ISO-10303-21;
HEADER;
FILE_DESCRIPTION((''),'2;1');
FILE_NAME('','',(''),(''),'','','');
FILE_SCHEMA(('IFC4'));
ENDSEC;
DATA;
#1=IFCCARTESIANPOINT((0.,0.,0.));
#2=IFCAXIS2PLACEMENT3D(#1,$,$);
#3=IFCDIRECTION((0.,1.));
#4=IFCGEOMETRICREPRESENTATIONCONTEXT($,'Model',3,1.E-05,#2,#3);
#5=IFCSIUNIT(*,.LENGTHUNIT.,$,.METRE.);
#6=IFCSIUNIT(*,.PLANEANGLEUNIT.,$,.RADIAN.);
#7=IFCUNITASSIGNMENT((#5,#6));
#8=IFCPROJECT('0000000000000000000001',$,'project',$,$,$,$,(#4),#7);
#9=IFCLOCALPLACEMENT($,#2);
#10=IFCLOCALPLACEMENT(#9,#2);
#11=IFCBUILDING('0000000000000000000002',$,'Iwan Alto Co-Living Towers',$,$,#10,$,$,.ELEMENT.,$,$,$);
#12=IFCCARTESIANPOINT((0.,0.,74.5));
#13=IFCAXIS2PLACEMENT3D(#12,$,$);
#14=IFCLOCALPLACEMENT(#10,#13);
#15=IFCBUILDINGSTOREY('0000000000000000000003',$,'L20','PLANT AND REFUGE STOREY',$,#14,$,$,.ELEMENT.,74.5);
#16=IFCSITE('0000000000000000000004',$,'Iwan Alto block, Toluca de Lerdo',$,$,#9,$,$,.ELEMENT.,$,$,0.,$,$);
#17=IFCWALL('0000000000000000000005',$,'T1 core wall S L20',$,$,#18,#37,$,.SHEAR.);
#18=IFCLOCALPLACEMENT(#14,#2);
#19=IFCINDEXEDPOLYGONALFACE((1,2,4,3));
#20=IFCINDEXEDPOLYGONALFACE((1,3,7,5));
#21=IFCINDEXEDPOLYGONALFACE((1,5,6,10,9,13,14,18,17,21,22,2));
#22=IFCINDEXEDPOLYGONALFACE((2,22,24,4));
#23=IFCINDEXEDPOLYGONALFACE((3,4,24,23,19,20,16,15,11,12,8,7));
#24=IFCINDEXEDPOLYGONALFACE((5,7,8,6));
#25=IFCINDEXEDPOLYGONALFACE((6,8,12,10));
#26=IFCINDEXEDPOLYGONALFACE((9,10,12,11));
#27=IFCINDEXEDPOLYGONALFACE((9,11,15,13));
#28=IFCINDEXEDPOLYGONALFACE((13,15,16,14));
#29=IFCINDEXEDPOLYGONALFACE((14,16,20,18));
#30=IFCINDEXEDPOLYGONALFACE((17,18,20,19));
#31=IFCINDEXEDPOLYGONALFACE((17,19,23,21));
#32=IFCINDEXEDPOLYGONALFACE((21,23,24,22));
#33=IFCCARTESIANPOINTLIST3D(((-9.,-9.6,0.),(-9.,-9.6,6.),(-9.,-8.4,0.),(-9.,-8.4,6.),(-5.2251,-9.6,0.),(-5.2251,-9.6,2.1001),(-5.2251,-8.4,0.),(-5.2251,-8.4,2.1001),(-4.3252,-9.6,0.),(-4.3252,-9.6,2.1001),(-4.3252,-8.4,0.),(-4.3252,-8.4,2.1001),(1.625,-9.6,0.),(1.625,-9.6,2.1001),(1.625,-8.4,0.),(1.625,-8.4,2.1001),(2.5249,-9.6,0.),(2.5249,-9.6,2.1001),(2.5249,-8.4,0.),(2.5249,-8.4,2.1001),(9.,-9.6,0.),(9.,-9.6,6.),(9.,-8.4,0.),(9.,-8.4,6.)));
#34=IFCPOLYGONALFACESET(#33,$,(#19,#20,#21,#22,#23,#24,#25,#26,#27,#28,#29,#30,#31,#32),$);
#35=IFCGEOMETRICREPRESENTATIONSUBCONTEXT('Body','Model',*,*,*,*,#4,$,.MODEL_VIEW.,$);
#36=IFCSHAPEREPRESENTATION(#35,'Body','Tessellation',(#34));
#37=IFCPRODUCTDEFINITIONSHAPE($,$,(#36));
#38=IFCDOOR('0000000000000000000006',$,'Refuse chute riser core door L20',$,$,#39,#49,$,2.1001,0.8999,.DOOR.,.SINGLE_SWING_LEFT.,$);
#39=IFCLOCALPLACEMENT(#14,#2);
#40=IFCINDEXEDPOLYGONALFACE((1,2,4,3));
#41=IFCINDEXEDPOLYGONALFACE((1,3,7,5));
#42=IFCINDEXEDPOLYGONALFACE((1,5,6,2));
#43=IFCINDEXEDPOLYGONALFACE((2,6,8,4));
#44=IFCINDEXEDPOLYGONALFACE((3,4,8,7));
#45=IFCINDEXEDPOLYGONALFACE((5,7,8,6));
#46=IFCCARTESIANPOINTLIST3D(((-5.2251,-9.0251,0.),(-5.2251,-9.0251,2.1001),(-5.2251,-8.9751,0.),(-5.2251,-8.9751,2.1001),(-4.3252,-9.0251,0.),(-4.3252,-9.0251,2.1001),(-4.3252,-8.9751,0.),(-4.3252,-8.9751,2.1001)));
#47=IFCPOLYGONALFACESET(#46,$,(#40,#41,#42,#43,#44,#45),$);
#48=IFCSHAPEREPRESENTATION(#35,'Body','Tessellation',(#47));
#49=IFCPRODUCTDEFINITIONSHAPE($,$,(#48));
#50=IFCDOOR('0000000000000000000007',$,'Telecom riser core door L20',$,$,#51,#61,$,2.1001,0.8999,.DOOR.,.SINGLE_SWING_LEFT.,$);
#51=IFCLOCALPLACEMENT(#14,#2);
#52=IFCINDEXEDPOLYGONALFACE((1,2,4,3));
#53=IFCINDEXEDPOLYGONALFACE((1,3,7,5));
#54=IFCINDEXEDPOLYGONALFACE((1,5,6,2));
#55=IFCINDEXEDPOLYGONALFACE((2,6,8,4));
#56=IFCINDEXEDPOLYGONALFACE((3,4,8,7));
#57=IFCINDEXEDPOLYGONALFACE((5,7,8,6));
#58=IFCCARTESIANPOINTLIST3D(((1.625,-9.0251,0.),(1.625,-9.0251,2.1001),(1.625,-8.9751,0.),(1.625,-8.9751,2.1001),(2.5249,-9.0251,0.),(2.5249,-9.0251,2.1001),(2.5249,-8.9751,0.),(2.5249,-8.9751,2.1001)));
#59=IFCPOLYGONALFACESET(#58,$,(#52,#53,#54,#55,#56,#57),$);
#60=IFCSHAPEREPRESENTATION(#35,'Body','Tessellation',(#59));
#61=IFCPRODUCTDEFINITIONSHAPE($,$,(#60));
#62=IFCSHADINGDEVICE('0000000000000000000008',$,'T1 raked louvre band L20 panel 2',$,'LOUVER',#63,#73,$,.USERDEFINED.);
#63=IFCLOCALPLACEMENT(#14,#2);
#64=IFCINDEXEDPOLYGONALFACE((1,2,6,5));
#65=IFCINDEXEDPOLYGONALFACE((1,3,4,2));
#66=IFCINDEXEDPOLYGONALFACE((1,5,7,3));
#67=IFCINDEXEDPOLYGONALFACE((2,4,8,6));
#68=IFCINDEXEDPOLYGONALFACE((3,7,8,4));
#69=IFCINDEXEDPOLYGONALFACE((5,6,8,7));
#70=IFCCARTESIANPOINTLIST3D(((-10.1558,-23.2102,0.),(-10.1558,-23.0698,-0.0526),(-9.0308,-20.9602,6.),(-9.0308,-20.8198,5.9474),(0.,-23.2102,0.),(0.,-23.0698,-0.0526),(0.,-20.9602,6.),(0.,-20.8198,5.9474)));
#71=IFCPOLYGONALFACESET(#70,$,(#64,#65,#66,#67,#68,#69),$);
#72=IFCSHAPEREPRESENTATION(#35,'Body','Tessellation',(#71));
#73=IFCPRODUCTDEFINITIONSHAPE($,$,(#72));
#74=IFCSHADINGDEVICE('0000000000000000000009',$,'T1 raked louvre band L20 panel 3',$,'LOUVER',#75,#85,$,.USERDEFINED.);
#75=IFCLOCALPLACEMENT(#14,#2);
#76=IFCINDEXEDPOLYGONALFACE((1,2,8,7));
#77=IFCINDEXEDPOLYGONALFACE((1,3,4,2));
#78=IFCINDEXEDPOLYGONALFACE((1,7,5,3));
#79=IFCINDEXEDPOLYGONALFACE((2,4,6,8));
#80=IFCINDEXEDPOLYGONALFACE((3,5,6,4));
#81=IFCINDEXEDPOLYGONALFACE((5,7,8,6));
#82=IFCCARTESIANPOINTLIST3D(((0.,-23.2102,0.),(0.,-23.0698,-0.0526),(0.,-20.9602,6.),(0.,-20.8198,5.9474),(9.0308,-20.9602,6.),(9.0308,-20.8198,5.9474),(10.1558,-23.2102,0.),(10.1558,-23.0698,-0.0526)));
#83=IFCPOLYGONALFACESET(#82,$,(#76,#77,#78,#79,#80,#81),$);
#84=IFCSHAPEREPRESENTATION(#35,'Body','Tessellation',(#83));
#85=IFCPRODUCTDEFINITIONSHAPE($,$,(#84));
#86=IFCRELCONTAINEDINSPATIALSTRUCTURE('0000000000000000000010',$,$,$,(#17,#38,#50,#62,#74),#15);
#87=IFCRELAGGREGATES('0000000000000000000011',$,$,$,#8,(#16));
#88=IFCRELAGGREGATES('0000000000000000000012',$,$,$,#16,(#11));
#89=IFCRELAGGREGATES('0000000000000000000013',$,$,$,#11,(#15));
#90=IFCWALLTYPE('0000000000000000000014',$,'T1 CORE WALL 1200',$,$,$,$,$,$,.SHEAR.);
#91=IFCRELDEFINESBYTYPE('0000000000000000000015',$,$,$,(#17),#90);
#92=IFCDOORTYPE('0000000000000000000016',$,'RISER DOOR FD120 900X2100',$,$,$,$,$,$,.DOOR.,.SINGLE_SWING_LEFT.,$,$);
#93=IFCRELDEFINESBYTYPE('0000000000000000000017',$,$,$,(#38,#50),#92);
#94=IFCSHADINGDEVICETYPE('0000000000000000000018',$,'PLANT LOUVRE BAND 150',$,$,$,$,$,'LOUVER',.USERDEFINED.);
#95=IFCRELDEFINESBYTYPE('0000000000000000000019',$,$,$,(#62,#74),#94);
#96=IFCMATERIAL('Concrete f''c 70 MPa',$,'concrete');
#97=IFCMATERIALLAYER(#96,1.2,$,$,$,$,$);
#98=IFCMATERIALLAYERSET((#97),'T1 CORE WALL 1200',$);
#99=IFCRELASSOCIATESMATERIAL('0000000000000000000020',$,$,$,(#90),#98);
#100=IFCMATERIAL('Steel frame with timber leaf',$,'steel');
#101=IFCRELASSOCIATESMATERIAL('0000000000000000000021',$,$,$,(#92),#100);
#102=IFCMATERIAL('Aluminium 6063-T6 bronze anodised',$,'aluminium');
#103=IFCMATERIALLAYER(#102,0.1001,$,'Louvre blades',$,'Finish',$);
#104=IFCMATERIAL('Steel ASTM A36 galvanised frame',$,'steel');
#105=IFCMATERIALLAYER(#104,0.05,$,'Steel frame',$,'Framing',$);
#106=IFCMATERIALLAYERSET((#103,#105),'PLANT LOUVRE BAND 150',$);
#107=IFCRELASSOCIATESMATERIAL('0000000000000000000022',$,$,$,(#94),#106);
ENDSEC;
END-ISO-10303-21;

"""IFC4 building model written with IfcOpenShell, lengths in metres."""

from ifc_helpers import new_model, si_unit, direction, frame, frame_2d, origin, place, context, subcontext, project, spatial, polyline, rectangle, outline, extrude, material, layer, layer_set, type_object, element, fill, save


model = new_model("IFC4")

# Units and contexts
model_context = context("Model", 3, precision=1e-05, world=origin(), true_north=direction((0.0, 1.0)))
body_context = subcontext(model_context, "Body", "Model", "MODEL_VIEW")
ifc_project = project(units=[si_unit("LENGTHUNIT", "METRE"), si_unit("PLANEANGLEUNIT", "RADIAN")], contexts=[model_context])

# Site, building, storey
site_placement = place(None, origin())
site = spatial("IfcSite", under=ifc_project, at=site_placement, Name="Iwan Alto block, Toluca de Lerdo", CompositionType="ELEMENT", RefElevation=0.0)
building_placement = place(site_placement, origin())
building = spatial("IfcBuilding", under=site, at=building_placement, Name="Iwan Alto Co-Living Towers", CompositionType="ELEMENT")
storey_placement = place(building_placement, frame((0.0, 0.0, 74.5)))
storey = spatial("IfcBuildingStorey", under=building, at=storey_placement, Name="L20", Description="PLANT AND REFUGE STOREY", CompositionType="ELEMENT", Elevation=74.5)

# Wall, openings, doors
ifc_material_1 = material(Name="Concrete f'c 70 MPa", Category="concrete")
ifc_layer_1 = layer(ifc_material_1, 1.2)
ifc_layer_set_1 = layer_set([ifc_layer_1], Name="T1 CORE WALL 1200")
wall_type_1 = type_object("IfcWallType", Name="T1 CORE WALL 1200", PredefinedType="SHEAR", material=ifc_layer_set_1)
wall_1_placement = place(storey_placement, frame((-9.0, -9.0, 0.0), z_axis=(0.0, 0.0, 1.0), x_axis=(1.0, 0.0, 0.0)))
wall_1 = element("IfcWall", 1, at=wall_1_placement, inside=storey, type_object=wall_type_1, Name="T1 core wall S L20", PredefinedType="SHEAR", context=body_context, shape_type="SweptSolid", body=[
    extrude(rectangle(XDim=18.0, YDim=1.2, at=frame_2d((9.0, 0.0))), origin(), (0.0, 0.0, 1.0), 6.0),
])
opening_1_placement = place(wall_1_placement, frame((3.7749, 0.0, 0.0)))
opening_1 = element("IfcOpeningElement", 2, at=opening_1_placement, cuts=wall_1, PredefinedType="OPENING", context=body_context, shape_type="SweptSolid", body=[
    extrude(rectangle(XDim=0.8999, YDim=2.1001, at=frame_2d((0.45, 1.05))), frame((0.0, 0.6099, 0.0), z_axis=(0.0, -1.0, 0.0), x_axis=(1.0, 0.0, 0.0)), (0.0, 0.0, 1.0), 1.22),
])
opening_2_placement = place(wall_1_placement, frame((10.625, 0.0, 0.0)))
opening_2 = element("IfcOpeningElement", 3, at=opening_2_placement, cuts=wall_1, PredefinedType="OPENING", context=body_context, shape_type="SweptSolid", body=[
    extrude(rectangle(XDim=0.8999, YDim=2.1001, at=frame_2d((0.45, 1.05))), frame((0.0, 0.6099, 0.0), z_axis=(0.0, -1.0, 0.0), x_axis=(1.0, 0.0, 0.0)), (0.0, 0.0, 1.0), 1.22),
])
ifc_material_2 = material(Name="Steel frame with timber leaf", Category="steel")
door_type_1 = type_object("IfcDoorType", Name="RISER DOOR FD120 900X2100", OperationType="SINGLE_SWING_LEFT", PredefinedType="DOOR", material=ifc_material_2)
door_1_placement = place(opening_1_placement, origin())
door_1 = element("IfcDoor", 4, at=door_1_placement, inside=storey, type_object=door_type_1, Name="Refuse chute riser core door L20", OperationType="SINGLE_SWING_LEFT", OverallHeight=2.1001, OverallWidth=0.8999, PredefinedType="DOOR", context=body_context, shape_type="SweptSolid", body=[
    extrude(rectangle(XDim=0.8999, YDim=2.1001, at=frame_2d((0.45, 1.05))), frame((0.0, 0.0249, 0.0), z_axis=(0.0, -1.0, 0.0), x_axis=(1.0, 0.0, 0.0)), (0.0, 0.0, 1.0), 0.05),
])
fill(opening_1, door_1)
door_2_placement = place(opening_2_placement, origin())
door_2 = element("IfcDoor", 5, at=door_2_placement, inside=storey, type_object=door_type_1, Name="Telecom riser core door L20", OperationType="SINGLE_SWING_LEFT", OverallHeight=2.1001, OverallWidth=0.8999, PredefinedType="DOOR", context=body_context, shape_type="SweptSolid", body=[
    extrude(rectangle(XDim=0.8999, YDim=2.1001, at=frame_2d((0.45, 1.05))), frame((0.0, 0.0249, 0.0), z_axis=(0.0, -1.0, 0.0), x_axis=(1.0, 0.0, 0.0)), (0.0, 0.0, 1.0), 0.05),
])
fill(opening_2, door_2)

# Shading devices
ifc_material_3 = material(Name="Aluminium 6063-T6 bronze anodised", Category="aluminium")
ifc_layer_2 = layer(ifc_material_3, 0.1001, Name="Louvre blades", Category="Finish")
ifc_material_4 = material(Name="Steel ASTM A36 galvanised frame", Category="steel")
ifc_layer_3 = layer(ifc_material_4, 0.05, Name="Steel frame", Category="Framing")
ifc_layer_set_2 = layer_set([ifc_layer_2, ifc_layer_3], Name="PLANT LOUVRE BAND 150")
shading_device_type = type_object("IfcShadingDeviceType", Name="PLANT LOUVRE BAND 150", ElementType="LOUVER", PredefinedType="USERDEFINED", material=ifc_layer_set_2)
shading_device_1_placement = place(storey_placement, frame((-10.1558, -23.2102, 0.0), z_axis=(0.0, -0.936329, 0.351123), x_axis=(1.0, 0.0, 0.0)))
element("IfcShadingDevice", 6, at=shading_device_1_placement, inside=storey, type_object=shading_device_type, Name="T1 raked louvre band L20 panel 2", ObjectType="LOUVER", PredefinedType="USERDEFINED", context=body_context, shape_type="SweptSolid", body=[
    extrude(outline(polyline([(0.0, 0.0), (10.1558, 0.0), (10.1558, 6.408), (1.125, 6.408), (0.0, 0.0)])), origin(), (0.0, 0.0, -1.0), 0.1499),
])
shading_device_2_placement = place(storey_placement, frame((0.0, -23.2102, 0.0), z_axis=(0.0, -0.936329, 0.351123), x_axis=(1.0, 0.0, 0.0)))
element("IfcShadingDevice", 7, at=shading_device_2_placement, inside=storey, type_object=shading_device_type, Name="T1 raked louvre band L20 panel 3", ObjectType="LOUVER", PredefinedType="USERDEFINED", context=body_context, shape_type="SweptSolid", body=[
    extrude(outline(polyline([(0.0, 0.0), (10.1558, 0.0), (9.0308, 6.408), (0.0, 6.408), (0.0, 0.0)])), origin(), (0.0, 0.0, -1.0), 0.1499),
])

save(model, "model.ifc")
